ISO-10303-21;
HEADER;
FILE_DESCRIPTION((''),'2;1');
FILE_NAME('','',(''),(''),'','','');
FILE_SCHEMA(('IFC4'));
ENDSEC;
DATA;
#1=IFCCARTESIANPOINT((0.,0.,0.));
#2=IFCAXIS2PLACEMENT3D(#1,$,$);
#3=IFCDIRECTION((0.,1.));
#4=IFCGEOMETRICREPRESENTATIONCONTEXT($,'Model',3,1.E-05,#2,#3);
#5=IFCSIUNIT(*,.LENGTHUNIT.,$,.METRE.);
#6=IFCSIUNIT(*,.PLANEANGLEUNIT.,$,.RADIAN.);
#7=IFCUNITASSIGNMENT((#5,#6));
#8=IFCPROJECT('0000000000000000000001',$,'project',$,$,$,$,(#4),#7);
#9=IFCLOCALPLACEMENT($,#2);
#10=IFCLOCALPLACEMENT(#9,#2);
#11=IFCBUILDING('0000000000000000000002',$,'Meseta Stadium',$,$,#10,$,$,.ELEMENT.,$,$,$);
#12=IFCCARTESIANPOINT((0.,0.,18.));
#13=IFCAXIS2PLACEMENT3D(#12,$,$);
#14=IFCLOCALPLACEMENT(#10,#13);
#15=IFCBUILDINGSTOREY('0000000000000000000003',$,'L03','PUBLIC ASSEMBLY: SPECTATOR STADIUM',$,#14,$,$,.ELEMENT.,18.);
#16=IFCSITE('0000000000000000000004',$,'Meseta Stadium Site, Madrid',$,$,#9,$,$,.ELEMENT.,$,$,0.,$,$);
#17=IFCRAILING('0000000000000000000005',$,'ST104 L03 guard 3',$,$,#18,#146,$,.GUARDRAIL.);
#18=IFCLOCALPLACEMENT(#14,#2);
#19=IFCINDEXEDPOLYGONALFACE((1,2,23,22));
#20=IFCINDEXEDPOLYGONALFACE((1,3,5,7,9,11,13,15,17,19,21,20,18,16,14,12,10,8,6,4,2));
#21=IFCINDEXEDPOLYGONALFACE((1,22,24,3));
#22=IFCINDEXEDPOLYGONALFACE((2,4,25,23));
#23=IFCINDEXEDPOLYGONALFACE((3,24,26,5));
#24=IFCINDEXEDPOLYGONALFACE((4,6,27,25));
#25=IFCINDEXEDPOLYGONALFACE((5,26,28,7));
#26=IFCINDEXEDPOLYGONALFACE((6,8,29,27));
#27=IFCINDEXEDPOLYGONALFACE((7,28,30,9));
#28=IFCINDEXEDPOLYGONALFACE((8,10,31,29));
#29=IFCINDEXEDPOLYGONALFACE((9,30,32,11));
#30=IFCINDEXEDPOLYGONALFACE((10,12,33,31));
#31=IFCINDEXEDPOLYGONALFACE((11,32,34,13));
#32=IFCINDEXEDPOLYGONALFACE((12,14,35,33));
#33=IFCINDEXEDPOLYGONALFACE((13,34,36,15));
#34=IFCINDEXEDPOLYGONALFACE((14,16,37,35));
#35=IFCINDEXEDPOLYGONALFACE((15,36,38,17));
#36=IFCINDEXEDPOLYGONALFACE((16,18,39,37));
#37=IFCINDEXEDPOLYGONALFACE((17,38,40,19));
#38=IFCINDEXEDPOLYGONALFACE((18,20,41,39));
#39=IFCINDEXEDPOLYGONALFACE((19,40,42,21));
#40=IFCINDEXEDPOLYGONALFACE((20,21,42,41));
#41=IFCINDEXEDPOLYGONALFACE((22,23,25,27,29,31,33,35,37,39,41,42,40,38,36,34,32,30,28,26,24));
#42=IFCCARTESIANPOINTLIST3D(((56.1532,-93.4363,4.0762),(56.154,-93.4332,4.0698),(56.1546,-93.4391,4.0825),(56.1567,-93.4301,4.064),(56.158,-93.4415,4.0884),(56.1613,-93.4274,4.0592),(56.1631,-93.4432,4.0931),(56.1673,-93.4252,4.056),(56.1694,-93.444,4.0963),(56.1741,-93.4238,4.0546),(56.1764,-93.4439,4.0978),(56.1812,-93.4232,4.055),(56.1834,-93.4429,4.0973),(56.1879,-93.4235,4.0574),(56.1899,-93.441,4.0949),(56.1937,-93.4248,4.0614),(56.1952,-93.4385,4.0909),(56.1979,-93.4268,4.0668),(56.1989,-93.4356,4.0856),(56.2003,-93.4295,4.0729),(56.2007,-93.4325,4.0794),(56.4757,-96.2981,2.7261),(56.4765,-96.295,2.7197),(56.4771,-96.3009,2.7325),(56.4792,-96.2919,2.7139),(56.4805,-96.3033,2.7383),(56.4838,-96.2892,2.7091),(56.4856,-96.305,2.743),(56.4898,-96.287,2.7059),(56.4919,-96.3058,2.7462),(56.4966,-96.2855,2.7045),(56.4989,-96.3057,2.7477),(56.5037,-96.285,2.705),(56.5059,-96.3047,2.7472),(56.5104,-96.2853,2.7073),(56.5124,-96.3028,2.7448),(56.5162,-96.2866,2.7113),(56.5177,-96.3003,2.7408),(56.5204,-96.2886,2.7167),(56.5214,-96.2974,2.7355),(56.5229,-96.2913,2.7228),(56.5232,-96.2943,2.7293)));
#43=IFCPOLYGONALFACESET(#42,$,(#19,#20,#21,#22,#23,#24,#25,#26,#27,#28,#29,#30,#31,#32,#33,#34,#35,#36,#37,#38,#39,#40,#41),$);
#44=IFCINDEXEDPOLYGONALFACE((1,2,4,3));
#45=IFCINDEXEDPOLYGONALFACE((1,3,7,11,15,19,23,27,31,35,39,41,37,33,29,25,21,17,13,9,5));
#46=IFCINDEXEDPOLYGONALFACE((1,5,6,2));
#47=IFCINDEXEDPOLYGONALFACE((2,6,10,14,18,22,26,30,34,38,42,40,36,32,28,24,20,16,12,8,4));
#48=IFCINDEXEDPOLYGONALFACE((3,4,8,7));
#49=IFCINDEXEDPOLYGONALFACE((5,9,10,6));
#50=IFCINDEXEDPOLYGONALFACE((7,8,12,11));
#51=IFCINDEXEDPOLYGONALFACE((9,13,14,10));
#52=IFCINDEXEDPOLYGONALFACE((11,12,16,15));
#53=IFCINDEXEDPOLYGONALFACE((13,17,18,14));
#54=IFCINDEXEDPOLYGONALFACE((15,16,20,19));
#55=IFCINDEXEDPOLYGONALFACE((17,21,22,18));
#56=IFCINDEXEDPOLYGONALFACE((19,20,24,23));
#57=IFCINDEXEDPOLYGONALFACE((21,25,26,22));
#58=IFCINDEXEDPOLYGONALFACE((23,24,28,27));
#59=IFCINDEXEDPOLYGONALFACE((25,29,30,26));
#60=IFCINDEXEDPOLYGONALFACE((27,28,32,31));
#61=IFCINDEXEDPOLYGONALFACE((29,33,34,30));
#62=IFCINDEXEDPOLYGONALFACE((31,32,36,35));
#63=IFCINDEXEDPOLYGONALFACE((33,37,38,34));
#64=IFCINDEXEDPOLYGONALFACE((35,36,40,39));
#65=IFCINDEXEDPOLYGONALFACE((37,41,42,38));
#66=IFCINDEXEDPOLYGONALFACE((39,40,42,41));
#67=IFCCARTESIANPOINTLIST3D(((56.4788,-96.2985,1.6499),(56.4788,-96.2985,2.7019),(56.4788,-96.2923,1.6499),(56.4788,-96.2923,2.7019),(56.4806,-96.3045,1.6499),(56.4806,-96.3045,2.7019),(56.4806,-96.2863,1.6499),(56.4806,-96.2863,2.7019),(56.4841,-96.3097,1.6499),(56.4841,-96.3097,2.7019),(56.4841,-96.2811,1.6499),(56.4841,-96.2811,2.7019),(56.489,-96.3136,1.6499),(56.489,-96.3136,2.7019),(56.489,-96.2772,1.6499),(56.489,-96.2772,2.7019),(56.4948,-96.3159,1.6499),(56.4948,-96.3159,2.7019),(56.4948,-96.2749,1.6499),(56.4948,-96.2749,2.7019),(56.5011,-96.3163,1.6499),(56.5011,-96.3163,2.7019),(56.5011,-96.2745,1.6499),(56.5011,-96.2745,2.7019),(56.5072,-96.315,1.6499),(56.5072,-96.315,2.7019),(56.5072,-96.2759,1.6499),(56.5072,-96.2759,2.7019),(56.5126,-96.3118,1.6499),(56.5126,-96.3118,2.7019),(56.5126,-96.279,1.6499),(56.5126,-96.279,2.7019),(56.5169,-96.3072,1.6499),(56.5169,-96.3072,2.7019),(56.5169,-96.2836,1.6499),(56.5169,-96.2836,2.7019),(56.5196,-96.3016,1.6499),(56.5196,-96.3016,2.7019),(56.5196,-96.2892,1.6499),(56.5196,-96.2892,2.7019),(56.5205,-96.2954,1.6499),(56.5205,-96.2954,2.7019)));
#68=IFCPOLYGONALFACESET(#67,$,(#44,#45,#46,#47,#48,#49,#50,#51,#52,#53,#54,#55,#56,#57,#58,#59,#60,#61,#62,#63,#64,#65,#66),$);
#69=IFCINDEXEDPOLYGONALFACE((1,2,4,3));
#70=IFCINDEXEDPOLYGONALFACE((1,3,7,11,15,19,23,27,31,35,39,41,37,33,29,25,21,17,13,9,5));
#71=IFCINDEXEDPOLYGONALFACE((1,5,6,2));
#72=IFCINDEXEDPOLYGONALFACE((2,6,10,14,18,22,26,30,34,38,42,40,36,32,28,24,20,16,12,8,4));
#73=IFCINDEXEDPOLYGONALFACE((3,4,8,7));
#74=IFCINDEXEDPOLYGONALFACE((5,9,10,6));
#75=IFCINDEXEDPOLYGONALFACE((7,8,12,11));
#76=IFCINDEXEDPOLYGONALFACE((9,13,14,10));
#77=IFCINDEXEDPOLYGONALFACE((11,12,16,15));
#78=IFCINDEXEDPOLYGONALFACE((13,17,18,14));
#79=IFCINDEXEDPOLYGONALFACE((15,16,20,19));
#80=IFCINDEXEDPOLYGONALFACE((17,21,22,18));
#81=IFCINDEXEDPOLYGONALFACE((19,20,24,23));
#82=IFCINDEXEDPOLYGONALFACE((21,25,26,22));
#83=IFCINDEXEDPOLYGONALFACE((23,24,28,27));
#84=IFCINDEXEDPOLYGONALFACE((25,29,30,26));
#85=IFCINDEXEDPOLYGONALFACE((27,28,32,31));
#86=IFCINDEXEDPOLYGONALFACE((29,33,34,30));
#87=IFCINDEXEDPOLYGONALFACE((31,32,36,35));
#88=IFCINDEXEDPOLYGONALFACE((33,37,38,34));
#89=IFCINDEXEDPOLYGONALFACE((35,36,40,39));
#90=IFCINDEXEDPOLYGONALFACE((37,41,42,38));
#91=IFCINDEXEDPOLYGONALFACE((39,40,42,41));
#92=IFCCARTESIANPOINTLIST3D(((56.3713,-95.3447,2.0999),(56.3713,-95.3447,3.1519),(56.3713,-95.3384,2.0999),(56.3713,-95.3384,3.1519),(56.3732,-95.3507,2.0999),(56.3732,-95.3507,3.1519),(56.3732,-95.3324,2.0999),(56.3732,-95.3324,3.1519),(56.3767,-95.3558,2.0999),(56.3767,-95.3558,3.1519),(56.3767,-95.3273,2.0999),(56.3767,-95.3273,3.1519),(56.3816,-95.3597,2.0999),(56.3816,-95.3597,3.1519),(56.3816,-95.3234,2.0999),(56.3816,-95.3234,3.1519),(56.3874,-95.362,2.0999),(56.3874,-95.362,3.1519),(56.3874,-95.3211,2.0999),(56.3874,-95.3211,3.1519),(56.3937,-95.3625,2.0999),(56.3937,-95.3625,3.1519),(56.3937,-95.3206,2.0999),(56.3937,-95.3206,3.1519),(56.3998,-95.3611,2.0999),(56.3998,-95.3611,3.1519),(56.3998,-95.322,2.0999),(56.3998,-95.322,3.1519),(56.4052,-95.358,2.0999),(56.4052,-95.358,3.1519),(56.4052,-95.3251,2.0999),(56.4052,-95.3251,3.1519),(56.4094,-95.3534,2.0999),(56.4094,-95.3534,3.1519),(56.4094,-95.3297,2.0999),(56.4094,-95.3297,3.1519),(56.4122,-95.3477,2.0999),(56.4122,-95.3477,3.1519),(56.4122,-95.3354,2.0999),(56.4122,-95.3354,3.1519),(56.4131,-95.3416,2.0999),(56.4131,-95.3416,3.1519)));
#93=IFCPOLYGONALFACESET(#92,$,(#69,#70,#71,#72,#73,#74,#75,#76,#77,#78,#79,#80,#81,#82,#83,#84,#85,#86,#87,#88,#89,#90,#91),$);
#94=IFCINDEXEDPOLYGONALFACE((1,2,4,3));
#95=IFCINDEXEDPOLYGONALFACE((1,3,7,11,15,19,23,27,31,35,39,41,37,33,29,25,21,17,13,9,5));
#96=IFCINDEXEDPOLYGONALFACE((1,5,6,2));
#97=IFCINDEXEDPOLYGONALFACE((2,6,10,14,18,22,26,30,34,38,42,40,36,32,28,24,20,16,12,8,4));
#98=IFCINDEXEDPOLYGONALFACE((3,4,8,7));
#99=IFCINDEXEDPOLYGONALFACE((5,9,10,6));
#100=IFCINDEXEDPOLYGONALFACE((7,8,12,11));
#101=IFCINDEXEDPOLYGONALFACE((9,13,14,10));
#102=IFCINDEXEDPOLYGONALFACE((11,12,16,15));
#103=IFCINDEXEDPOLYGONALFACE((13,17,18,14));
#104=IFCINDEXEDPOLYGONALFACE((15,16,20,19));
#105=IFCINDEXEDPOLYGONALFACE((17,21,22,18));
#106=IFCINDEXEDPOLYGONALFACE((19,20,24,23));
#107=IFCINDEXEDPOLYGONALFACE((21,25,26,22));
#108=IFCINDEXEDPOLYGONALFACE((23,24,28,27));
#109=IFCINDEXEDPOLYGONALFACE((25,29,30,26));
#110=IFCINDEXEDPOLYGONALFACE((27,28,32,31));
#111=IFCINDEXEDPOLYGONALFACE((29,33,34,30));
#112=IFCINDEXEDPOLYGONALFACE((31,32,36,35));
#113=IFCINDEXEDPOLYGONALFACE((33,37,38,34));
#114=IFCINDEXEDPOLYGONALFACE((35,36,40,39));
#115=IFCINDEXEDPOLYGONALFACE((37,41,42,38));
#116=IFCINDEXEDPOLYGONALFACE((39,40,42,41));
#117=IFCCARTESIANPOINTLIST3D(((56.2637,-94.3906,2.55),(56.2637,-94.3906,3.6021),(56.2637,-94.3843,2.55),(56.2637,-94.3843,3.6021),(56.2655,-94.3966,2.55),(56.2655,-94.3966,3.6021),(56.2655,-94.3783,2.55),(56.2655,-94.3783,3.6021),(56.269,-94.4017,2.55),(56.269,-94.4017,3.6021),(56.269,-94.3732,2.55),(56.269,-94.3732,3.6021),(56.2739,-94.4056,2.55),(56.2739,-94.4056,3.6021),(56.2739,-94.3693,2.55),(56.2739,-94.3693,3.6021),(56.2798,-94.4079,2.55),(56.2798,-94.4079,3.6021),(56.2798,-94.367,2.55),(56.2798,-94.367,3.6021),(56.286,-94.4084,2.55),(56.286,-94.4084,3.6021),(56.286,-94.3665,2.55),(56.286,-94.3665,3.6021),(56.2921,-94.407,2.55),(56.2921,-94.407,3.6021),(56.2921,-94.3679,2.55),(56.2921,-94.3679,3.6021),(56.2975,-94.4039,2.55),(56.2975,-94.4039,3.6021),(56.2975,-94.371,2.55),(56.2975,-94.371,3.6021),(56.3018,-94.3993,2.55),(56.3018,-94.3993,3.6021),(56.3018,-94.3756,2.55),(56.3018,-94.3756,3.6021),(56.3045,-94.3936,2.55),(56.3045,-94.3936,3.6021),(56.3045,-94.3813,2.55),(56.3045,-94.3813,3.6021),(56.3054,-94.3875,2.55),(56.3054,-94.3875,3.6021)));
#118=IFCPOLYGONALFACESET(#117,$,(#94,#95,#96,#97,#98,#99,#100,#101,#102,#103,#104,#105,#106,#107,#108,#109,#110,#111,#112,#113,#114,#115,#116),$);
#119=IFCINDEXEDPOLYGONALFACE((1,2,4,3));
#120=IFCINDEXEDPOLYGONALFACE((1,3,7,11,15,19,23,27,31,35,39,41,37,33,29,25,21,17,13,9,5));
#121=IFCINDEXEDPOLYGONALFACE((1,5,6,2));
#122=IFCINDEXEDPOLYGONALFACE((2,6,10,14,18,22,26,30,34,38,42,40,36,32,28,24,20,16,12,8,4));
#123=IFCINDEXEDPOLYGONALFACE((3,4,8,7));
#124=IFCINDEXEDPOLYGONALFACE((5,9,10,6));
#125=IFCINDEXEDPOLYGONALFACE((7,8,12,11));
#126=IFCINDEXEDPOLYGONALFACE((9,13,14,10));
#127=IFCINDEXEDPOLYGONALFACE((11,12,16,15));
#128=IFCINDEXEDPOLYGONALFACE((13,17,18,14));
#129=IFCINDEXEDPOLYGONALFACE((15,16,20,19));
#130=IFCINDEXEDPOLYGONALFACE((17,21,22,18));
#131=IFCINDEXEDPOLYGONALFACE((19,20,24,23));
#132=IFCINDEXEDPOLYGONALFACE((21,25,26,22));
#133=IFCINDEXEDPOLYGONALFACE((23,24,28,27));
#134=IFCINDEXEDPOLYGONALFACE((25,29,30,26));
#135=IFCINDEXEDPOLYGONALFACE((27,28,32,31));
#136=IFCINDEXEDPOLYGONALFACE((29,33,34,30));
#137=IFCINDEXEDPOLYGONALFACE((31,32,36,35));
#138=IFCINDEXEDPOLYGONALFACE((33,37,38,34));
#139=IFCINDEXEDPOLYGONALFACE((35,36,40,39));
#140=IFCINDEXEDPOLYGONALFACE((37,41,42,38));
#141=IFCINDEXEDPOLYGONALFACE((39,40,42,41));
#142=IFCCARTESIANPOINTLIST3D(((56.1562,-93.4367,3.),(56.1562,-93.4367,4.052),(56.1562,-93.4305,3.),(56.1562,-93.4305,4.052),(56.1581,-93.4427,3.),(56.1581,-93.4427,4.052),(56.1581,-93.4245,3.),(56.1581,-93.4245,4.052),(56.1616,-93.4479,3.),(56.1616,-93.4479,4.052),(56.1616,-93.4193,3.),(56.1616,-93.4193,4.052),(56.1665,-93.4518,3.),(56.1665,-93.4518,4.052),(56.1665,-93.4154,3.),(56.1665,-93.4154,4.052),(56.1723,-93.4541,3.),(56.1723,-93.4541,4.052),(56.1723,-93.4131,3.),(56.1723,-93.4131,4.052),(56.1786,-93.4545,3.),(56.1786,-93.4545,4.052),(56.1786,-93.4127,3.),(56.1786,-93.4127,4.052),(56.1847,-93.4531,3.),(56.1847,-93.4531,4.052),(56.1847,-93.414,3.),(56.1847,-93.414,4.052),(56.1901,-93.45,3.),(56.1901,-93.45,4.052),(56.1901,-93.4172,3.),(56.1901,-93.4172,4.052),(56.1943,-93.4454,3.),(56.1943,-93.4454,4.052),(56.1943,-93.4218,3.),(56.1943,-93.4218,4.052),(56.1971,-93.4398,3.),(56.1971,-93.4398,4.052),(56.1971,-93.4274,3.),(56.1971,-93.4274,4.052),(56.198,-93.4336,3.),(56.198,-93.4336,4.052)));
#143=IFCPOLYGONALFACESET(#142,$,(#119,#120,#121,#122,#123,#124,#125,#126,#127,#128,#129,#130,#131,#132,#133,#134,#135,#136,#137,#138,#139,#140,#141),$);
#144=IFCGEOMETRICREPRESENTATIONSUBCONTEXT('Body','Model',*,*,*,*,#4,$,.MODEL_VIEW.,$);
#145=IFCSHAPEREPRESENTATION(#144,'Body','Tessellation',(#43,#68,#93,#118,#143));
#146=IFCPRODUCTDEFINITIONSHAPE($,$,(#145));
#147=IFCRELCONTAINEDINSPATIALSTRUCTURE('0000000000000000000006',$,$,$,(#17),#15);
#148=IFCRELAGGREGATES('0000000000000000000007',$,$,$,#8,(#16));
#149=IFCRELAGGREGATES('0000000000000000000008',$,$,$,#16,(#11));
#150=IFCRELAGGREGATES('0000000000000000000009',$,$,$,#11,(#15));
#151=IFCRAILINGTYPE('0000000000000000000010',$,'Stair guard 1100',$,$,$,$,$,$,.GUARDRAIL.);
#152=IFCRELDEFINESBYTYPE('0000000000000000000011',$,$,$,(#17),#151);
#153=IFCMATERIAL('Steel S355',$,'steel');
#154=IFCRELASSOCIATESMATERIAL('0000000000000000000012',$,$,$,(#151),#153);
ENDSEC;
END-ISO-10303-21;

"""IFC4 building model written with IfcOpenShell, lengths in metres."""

from ifc_helpers import new_model, si_unit, direction, frame, origin, origin_2d, place, context, subcontext, project, spatial, circle, extrude, material, type_object, element, save


model = new_model("IFC4")

# Units and contexts
model_context = context("Model", 3, precision=1e-05, world=origin(), true_north=direction((0.0, 1.0)))
body_context = subcontext(model_context, "Body", "Model", "MODEL_VIEW")
ifc_project = project(units=[si_unit("LENGTHUNIT", "METRE"), si_unit("PLANEANGLEUNIT", "RADIAN")], contexts=[model_context])

# Site, building, storey
site_placement = place(None, origin())
site = spatial("IfcSite", under=ifc_project, at=site_placement, Name="Meseta Stadium Site, Madrid", CompositionType="ELEMENT", RefElevation=0.0)
building_placement = place(site_placement, origin())
building = spatial("IfcBuilding", under=site, at=building_placement, Name="Meseta Stadium", CompositionType="ELEMENT")
storey_placement = place(building_placement, frame((0.0, 0.0, 18.0)))
storey = spatial("IfcBuildingStorey", under=building, at=storey_placement, Name="L03", Description="PUBLIC ASSEMBLY: SPECTATOR STADIUM", CompositionType="ELEMENT", Elevation=18.0)

# Railing
ifc_material_1 = material(Name="Steel S355", Category="steel")
railing_type_1 = type_object("IfcRailingType", Name="Stair guard 1100", PredefinedType="GUARDRAIL", material=ifc_material_1)
railing_1_placement = place(storey_placement, frame((56.4995, -96.2954, 1.6499)))
element("IfcRailing", 1, at=railing_1_placement, inside=storey, type_object=railing_type_1, Name="ST104 L03 guard 3", PredefinedType="GUARDRAIL", context=body_context, shape_type="SweptSolid", body=[
    extrude(circle(Radius=0.0239, at=origin_2d()), frame((0.0, 0.0, 1.0762), z_axis=(-0.101396, 0.899748, 0.424467), x_axis=(-0.99371, -0.111985, 0.0)), (0.0, 0.0, 1.0), 3.1807),
    extrude(circle(Radius=0.021, at=origin_2d()), origin(), (0.0, 0.0, 1.0), 1.052),
    extrude(circle(Radius=0.021, at=origin_2d()), frame((-0.1074, 0.9539, 0.45)), (0.0, 0.0, 1.0), 1.052),
    extrude(circle(Radius=0.021, at=origin_2d()), frame((-0.2151, 1.908, 0.9001)), (0.0, 0.0, 1.0), 1.052),
    extrude(circle(Radius=0.021, at=origin_2d()), frame((-0.3225, 2.8618, 1.3501)), (0.0, 0.0, 1.0), 1.052),
])

save(model, "model.ifc")
